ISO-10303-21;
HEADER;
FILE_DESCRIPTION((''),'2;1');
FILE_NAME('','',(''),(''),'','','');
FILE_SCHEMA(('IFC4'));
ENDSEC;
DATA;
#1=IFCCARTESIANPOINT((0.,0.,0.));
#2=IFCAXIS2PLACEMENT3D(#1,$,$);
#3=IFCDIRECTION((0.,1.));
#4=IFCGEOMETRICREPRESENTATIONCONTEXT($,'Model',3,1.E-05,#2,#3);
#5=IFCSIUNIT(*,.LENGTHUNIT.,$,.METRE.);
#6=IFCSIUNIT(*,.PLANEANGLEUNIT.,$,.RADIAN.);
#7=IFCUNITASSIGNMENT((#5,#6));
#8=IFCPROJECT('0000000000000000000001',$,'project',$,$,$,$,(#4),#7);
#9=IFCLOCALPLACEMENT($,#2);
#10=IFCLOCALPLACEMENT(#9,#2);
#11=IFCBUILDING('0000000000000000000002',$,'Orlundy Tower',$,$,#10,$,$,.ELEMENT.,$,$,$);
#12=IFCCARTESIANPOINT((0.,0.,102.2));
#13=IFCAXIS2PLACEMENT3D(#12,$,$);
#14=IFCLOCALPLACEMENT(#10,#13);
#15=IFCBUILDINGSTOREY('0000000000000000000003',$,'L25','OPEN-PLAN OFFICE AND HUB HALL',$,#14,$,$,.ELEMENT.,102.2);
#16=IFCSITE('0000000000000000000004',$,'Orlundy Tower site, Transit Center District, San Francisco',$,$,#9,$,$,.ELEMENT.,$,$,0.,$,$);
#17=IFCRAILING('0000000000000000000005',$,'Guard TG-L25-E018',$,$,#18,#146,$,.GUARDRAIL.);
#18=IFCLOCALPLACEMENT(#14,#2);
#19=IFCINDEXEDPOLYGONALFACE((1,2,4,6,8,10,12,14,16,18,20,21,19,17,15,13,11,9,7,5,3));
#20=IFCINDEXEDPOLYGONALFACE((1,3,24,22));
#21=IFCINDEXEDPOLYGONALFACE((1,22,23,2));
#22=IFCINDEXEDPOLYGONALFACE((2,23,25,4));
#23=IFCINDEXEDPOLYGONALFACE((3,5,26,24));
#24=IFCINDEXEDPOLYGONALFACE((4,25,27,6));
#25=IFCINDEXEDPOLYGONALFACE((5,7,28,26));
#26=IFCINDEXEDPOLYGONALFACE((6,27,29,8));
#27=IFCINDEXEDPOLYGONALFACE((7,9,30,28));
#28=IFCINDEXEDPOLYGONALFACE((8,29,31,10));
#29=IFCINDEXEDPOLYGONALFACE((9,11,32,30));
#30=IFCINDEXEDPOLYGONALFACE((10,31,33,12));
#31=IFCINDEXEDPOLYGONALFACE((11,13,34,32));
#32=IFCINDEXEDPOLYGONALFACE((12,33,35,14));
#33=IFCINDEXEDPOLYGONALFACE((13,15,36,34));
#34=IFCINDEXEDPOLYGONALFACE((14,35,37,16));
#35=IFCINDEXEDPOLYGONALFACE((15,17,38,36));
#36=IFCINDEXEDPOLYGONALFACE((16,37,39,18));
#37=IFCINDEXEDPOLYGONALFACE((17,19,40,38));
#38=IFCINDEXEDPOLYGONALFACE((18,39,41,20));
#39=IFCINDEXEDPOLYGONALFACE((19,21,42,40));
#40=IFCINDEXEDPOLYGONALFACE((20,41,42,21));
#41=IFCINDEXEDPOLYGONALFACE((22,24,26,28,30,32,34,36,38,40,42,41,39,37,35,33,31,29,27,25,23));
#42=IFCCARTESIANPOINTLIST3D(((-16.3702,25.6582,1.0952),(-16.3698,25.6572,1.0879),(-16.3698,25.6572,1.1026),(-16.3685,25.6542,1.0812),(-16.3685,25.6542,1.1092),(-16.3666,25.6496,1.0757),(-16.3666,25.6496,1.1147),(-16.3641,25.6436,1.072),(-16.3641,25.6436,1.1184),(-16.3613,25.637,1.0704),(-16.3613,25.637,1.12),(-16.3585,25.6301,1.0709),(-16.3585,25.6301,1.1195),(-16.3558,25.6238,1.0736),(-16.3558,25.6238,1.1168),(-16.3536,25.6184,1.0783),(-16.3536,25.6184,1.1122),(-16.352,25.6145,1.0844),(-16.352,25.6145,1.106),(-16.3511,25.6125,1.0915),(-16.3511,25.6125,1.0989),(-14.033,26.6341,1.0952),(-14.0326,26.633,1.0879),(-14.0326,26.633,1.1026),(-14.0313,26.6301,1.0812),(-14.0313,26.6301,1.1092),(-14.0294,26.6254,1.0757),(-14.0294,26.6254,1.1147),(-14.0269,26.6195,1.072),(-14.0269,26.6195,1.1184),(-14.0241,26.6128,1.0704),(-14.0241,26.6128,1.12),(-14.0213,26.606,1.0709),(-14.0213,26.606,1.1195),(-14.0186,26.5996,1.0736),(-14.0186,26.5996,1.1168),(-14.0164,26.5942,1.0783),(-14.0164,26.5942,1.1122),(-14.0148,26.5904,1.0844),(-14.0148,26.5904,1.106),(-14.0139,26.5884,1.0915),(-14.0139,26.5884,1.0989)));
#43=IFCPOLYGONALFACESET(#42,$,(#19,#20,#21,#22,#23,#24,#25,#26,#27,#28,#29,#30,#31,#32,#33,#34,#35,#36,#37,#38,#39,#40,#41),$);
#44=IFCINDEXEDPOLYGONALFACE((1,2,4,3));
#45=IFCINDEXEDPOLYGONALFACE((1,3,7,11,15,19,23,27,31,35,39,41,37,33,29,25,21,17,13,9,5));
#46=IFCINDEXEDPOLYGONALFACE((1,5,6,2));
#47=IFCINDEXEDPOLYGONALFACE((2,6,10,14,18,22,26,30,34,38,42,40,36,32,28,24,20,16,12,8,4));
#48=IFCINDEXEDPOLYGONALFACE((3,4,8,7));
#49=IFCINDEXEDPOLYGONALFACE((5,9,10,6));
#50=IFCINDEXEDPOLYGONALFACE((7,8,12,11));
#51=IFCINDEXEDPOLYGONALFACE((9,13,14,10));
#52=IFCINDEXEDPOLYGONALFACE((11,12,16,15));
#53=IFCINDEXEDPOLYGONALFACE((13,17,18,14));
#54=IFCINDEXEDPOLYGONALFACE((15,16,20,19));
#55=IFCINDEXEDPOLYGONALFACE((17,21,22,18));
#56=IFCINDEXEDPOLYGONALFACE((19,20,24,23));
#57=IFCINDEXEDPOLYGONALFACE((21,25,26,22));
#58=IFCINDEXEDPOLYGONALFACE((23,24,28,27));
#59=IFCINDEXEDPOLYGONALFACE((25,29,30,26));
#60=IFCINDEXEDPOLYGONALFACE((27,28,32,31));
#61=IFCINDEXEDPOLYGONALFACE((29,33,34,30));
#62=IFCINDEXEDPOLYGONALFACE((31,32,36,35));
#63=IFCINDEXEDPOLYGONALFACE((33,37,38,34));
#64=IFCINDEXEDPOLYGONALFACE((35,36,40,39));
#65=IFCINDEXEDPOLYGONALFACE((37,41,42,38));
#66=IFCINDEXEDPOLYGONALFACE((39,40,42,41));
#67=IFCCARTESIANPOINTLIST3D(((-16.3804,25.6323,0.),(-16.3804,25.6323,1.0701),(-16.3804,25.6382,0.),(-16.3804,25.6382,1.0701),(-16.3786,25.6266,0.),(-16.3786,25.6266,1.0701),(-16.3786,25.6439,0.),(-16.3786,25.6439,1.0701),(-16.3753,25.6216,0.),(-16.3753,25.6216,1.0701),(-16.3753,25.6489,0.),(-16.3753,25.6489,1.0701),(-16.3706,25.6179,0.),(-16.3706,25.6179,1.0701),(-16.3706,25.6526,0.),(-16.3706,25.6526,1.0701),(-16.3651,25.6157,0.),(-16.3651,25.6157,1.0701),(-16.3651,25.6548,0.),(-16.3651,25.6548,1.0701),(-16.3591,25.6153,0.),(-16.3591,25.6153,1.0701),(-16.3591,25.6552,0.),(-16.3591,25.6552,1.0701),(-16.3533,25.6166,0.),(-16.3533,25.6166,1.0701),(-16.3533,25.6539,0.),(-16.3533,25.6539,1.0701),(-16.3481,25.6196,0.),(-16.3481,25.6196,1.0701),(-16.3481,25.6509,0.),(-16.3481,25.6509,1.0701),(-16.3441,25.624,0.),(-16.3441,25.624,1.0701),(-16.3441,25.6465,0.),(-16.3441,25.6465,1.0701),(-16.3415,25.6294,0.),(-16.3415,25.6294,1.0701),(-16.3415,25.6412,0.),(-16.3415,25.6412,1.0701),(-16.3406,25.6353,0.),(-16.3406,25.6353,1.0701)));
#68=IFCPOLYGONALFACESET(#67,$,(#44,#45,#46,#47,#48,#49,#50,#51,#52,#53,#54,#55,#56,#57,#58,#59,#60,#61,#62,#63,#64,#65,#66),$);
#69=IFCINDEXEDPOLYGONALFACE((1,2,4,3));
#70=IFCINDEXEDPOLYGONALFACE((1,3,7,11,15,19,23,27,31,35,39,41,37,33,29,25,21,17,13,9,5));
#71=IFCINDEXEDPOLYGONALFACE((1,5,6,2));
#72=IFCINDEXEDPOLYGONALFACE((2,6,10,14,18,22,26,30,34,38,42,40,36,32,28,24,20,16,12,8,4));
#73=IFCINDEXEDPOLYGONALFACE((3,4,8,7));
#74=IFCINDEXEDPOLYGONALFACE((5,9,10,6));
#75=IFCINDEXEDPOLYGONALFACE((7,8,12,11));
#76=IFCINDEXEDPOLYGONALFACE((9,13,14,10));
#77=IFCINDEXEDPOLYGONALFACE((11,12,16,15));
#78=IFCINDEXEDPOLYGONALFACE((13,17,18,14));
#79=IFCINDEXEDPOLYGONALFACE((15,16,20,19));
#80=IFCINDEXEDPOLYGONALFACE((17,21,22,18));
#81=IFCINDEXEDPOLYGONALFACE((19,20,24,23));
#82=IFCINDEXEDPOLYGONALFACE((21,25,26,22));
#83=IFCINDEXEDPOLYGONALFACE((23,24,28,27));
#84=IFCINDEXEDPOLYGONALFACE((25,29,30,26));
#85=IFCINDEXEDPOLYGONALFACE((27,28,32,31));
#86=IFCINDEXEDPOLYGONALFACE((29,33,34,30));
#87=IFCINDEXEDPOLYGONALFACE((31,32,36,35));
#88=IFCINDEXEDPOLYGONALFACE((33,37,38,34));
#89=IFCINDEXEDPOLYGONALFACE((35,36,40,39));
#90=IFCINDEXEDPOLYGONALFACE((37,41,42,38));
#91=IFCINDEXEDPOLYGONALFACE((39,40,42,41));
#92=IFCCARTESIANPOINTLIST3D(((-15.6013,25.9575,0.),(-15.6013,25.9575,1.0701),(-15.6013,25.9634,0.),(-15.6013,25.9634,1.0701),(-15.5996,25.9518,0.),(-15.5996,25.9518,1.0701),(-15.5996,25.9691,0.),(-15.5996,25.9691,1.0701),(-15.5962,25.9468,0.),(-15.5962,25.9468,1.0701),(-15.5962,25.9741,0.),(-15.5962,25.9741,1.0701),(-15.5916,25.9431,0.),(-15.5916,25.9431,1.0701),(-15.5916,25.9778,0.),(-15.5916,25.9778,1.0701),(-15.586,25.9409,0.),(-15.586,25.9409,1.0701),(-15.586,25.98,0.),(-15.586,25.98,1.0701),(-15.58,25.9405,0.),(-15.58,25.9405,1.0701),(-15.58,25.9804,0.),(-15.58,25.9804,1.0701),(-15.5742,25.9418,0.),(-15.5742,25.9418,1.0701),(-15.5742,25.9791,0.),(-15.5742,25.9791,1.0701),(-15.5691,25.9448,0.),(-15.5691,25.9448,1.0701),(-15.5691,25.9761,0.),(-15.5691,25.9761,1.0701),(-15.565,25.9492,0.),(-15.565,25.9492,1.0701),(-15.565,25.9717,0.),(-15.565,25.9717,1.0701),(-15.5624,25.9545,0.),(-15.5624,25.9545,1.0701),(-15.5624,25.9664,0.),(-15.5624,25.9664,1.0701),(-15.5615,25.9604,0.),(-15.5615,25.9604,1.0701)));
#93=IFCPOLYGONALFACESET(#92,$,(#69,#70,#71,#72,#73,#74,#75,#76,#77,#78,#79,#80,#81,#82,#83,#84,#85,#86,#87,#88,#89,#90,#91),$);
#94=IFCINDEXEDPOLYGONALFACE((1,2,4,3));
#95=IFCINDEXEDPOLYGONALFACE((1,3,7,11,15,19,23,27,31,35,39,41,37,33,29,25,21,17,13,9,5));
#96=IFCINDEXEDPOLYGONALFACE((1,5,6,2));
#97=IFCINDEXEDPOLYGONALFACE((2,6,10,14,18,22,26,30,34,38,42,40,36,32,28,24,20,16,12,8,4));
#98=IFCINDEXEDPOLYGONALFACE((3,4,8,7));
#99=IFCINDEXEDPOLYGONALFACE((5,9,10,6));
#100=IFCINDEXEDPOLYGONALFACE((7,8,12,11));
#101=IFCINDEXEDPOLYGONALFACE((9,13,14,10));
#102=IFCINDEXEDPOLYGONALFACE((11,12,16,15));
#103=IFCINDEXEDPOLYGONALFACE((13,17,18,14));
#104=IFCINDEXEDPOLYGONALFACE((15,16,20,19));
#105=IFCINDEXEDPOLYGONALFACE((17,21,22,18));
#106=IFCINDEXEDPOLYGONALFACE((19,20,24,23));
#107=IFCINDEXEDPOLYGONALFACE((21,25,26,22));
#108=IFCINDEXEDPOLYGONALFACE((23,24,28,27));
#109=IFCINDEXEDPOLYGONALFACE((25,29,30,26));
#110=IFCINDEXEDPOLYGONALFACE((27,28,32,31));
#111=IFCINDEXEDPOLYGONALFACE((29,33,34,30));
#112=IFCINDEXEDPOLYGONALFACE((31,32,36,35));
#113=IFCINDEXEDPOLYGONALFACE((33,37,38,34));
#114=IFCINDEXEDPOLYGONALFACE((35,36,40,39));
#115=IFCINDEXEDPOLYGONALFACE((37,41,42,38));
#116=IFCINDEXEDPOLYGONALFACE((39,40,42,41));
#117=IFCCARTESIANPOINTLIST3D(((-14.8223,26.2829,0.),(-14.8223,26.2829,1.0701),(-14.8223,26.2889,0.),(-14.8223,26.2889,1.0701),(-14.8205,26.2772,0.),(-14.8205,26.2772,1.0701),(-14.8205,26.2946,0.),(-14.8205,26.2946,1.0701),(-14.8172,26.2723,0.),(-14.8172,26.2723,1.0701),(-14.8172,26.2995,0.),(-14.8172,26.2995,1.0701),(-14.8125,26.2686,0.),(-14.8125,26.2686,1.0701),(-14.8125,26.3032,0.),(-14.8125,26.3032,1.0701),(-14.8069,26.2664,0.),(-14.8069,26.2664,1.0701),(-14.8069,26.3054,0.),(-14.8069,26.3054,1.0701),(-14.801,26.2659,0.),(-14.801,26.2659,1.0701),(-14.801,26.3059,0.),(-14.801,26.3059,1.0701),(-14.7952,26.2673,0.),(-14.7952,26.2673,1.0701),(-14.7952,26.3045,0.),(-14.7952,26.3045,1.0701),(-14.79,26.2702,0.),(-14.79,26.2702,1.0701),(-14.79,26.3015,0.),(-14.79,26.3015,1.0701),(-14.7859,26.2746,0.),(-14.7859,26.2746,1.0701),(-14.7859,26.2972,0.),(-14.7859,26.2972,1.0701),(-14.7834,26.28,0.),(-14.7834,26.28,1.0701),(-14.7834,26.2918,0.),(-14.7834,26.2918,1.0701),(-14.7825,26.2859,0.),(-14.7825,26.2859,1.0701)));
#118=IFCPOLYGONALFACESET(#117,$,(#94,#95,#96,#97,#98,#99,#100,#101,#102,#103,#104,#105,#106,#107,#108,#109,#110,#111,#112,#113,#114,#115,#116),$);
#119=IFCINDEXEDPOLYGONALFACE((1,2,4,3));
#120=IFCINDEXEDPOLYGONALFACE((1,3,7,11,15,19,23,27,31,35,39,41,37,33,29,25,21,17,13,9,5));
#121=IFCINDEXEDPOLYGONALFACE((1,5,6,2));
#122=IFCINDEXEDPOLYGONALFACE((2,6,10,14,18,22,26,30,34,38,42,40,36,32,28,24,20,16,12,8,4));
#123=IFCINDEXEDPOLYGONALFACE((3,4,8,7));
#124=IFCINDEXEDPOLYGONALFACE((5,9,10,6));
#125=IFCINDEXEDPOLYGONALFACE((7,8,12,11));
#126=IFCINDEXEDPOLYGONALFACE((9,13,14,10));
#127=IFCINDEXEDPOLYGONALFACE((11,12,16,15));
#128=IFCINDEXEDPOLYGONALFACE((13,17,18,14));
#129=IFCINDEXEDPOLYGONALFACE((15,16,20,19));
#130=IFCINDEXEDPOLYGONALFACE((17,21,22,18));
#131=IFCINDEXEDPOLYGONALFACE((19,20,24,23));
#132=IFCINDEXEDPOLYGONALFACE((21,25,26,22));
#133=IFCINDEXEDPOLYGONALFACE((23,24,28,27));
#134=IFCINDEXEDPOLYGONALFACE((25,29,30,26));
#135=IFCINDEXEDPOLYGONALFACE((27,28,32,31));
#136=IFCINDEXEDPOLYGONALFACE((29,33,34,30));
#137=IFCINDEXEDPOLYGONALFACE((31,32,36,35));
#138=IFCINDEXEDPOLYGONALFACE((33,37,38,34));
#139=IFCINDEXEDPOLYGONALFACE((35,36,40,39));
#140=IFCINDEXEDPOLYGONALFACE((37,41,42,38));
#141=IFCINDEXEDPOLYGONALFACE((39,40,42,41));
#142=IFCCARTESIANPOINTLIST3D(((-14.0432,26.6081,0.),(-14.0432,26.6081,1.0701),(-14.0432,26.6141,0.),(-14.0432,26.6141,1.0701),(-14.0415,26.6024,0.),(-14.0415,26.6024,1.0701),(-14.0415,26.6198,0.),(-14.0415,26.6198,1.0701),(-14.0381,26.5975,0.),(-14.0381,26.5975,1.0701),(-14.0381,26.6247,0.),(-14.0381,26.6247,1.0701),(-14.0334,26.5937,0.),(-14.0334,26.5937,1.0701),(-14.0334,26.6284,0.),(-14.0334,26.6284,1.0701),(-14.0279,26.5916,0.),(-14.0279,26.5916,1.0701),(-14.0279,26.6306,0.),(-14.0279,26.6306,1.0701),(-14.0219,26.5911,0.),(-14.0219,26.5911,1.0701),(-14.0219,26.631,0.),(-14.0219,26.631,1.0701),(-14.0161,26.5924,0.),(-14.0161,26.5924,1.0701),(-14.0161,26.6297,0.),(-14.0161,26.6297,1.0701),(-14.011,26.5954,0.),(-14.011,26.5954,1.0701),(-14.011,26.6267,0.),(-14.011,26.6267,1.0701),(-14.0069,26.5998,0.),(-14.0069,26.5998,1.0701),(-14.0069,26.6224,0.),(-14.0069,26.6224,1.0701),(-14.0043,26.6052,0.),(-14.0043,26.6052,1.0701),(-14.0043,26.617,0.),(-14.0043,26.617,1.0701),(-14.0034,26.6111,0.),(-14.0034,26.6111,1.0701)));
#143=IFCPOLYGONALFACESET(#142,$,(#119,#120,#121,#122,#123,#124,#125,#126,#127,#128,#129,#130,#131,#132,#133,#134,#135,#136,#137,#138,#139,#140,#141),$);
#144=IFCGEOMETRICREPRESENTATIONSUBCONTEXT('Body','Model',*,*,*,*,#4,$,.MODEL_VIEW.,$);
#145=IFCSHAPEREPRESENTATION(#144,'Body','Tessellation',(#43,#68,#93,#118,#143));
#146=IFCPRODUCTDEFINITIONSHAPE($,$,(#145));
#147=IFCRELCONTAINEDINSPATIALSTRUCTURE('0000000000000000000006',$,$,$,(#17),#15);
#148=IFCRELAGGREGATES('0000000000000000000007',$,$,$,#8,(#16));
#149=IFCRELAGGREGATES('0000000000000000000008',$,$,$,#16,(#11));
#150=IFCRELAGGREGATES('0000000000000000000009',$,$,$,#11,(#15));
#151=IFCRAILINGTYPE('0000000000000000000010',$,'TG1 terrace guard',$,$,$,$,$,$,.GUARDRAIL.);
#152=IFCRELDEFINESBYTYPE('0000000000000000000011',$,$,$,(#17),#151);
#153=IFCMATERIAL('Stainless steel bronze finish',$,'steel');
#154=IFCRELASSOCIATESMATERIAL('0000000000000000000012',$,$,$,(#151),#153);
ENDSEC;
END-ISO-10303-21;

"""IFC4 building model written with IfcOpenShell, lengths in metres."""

from ifc_helpers import new_model, si_unit, direction, frame, origin, origin_2d, place, context, subcontext, project, spatial, circle, extrude, material, type_object, element, save


model = new_model("IFC4")

# Units and contexts
model_context = context("Model", 3, precision=1e-05, world=origin(), true_north=direction((0.0, 1.0)))
body_context = subcontext(model_context, "Body", "Model", "MODEL_VIEW")
ifc_project = project(units=[si_unit("LENGTHUNIT", "METRE"), si_unit("PLANEANGLEUNIT", "RADIAN")], contexts=[model_context])

# Site, building, storey
site_placement = place(None, origin())
site = spatial("IfcSite", under=ifc_project, at=site_placement, Name="Orlundy Tower site, Transit Center District, San Francisco", CompositionType="ELEMENT", RefElevation=0.0)
building_placement = place(site_placement, origin())
building = spatial("IfcBuilding", under=site, at=building_placement, Name="Orlundy Tower", CompositionType="ELEMENT")
storey_placement = place(building_placement, frame((0.0, 0.0, 102.2)))
storey = spatial("IfcBuildingStorey", under=building, at=storey_placement, Name="L25", Description="OPEN-PLAN OFFICE AND HUB HALL", CompositionType="ELEMENT", Elevation=102.2)

# Railing
ifc_material_1 = material(Name="Stainless steel bronze finish", Category="steel")
railing_type_1 = type_object("IfcRailingType", Name="TG1 terrace guard", PredefinedType="GUARDRAIL", material=ifc_material_1)
railing_1_placement = place(storey_placement, frame((-16.3606, 25.6353, 0.0)))
element("IfcRailing", 1, at=railing_1_placement, inside=storey, type_object=railing_type_1, Name="Guard TG-L25-E018", PredefinedType="GUARDRAIL", context=body_context, shape_type="SweptSolid", body=[
    extrude(circle(Radius=0.0249, at=origin_2d()), frame((0.0, 0.0, 1.0952), z_axis=(0.922794, 0.385293, 0.0), x_axis=(-0.385293, 0.922794, 0.0)), (0.0, 0.0, 1.0), 2.5327),
    extrude(circle(Radius=0.02, at=origin_2d()), origin(), (0.0, 0.0, 1.0), 1.0701),
    extrude(circle(Radius=0.02, at=origin_2d()), frame((0.7791, 0.3252, 0.0)), (0.0, 0.0, 1.0), 1.0701),
    extrude(circle(Radius=0.02, at=origin_2d()), frame((1.5581, 0.6506, 0.0)), (0.0, 0.0, 1.0), 1.0701),
    extrude(circle(Radius=0.02, at=origin_2d()), frame((2.3372, 0.9758, 0.0)), (0.0, 0.0, 1.0), 1.0701),
])

save(model, "model.ifc")
